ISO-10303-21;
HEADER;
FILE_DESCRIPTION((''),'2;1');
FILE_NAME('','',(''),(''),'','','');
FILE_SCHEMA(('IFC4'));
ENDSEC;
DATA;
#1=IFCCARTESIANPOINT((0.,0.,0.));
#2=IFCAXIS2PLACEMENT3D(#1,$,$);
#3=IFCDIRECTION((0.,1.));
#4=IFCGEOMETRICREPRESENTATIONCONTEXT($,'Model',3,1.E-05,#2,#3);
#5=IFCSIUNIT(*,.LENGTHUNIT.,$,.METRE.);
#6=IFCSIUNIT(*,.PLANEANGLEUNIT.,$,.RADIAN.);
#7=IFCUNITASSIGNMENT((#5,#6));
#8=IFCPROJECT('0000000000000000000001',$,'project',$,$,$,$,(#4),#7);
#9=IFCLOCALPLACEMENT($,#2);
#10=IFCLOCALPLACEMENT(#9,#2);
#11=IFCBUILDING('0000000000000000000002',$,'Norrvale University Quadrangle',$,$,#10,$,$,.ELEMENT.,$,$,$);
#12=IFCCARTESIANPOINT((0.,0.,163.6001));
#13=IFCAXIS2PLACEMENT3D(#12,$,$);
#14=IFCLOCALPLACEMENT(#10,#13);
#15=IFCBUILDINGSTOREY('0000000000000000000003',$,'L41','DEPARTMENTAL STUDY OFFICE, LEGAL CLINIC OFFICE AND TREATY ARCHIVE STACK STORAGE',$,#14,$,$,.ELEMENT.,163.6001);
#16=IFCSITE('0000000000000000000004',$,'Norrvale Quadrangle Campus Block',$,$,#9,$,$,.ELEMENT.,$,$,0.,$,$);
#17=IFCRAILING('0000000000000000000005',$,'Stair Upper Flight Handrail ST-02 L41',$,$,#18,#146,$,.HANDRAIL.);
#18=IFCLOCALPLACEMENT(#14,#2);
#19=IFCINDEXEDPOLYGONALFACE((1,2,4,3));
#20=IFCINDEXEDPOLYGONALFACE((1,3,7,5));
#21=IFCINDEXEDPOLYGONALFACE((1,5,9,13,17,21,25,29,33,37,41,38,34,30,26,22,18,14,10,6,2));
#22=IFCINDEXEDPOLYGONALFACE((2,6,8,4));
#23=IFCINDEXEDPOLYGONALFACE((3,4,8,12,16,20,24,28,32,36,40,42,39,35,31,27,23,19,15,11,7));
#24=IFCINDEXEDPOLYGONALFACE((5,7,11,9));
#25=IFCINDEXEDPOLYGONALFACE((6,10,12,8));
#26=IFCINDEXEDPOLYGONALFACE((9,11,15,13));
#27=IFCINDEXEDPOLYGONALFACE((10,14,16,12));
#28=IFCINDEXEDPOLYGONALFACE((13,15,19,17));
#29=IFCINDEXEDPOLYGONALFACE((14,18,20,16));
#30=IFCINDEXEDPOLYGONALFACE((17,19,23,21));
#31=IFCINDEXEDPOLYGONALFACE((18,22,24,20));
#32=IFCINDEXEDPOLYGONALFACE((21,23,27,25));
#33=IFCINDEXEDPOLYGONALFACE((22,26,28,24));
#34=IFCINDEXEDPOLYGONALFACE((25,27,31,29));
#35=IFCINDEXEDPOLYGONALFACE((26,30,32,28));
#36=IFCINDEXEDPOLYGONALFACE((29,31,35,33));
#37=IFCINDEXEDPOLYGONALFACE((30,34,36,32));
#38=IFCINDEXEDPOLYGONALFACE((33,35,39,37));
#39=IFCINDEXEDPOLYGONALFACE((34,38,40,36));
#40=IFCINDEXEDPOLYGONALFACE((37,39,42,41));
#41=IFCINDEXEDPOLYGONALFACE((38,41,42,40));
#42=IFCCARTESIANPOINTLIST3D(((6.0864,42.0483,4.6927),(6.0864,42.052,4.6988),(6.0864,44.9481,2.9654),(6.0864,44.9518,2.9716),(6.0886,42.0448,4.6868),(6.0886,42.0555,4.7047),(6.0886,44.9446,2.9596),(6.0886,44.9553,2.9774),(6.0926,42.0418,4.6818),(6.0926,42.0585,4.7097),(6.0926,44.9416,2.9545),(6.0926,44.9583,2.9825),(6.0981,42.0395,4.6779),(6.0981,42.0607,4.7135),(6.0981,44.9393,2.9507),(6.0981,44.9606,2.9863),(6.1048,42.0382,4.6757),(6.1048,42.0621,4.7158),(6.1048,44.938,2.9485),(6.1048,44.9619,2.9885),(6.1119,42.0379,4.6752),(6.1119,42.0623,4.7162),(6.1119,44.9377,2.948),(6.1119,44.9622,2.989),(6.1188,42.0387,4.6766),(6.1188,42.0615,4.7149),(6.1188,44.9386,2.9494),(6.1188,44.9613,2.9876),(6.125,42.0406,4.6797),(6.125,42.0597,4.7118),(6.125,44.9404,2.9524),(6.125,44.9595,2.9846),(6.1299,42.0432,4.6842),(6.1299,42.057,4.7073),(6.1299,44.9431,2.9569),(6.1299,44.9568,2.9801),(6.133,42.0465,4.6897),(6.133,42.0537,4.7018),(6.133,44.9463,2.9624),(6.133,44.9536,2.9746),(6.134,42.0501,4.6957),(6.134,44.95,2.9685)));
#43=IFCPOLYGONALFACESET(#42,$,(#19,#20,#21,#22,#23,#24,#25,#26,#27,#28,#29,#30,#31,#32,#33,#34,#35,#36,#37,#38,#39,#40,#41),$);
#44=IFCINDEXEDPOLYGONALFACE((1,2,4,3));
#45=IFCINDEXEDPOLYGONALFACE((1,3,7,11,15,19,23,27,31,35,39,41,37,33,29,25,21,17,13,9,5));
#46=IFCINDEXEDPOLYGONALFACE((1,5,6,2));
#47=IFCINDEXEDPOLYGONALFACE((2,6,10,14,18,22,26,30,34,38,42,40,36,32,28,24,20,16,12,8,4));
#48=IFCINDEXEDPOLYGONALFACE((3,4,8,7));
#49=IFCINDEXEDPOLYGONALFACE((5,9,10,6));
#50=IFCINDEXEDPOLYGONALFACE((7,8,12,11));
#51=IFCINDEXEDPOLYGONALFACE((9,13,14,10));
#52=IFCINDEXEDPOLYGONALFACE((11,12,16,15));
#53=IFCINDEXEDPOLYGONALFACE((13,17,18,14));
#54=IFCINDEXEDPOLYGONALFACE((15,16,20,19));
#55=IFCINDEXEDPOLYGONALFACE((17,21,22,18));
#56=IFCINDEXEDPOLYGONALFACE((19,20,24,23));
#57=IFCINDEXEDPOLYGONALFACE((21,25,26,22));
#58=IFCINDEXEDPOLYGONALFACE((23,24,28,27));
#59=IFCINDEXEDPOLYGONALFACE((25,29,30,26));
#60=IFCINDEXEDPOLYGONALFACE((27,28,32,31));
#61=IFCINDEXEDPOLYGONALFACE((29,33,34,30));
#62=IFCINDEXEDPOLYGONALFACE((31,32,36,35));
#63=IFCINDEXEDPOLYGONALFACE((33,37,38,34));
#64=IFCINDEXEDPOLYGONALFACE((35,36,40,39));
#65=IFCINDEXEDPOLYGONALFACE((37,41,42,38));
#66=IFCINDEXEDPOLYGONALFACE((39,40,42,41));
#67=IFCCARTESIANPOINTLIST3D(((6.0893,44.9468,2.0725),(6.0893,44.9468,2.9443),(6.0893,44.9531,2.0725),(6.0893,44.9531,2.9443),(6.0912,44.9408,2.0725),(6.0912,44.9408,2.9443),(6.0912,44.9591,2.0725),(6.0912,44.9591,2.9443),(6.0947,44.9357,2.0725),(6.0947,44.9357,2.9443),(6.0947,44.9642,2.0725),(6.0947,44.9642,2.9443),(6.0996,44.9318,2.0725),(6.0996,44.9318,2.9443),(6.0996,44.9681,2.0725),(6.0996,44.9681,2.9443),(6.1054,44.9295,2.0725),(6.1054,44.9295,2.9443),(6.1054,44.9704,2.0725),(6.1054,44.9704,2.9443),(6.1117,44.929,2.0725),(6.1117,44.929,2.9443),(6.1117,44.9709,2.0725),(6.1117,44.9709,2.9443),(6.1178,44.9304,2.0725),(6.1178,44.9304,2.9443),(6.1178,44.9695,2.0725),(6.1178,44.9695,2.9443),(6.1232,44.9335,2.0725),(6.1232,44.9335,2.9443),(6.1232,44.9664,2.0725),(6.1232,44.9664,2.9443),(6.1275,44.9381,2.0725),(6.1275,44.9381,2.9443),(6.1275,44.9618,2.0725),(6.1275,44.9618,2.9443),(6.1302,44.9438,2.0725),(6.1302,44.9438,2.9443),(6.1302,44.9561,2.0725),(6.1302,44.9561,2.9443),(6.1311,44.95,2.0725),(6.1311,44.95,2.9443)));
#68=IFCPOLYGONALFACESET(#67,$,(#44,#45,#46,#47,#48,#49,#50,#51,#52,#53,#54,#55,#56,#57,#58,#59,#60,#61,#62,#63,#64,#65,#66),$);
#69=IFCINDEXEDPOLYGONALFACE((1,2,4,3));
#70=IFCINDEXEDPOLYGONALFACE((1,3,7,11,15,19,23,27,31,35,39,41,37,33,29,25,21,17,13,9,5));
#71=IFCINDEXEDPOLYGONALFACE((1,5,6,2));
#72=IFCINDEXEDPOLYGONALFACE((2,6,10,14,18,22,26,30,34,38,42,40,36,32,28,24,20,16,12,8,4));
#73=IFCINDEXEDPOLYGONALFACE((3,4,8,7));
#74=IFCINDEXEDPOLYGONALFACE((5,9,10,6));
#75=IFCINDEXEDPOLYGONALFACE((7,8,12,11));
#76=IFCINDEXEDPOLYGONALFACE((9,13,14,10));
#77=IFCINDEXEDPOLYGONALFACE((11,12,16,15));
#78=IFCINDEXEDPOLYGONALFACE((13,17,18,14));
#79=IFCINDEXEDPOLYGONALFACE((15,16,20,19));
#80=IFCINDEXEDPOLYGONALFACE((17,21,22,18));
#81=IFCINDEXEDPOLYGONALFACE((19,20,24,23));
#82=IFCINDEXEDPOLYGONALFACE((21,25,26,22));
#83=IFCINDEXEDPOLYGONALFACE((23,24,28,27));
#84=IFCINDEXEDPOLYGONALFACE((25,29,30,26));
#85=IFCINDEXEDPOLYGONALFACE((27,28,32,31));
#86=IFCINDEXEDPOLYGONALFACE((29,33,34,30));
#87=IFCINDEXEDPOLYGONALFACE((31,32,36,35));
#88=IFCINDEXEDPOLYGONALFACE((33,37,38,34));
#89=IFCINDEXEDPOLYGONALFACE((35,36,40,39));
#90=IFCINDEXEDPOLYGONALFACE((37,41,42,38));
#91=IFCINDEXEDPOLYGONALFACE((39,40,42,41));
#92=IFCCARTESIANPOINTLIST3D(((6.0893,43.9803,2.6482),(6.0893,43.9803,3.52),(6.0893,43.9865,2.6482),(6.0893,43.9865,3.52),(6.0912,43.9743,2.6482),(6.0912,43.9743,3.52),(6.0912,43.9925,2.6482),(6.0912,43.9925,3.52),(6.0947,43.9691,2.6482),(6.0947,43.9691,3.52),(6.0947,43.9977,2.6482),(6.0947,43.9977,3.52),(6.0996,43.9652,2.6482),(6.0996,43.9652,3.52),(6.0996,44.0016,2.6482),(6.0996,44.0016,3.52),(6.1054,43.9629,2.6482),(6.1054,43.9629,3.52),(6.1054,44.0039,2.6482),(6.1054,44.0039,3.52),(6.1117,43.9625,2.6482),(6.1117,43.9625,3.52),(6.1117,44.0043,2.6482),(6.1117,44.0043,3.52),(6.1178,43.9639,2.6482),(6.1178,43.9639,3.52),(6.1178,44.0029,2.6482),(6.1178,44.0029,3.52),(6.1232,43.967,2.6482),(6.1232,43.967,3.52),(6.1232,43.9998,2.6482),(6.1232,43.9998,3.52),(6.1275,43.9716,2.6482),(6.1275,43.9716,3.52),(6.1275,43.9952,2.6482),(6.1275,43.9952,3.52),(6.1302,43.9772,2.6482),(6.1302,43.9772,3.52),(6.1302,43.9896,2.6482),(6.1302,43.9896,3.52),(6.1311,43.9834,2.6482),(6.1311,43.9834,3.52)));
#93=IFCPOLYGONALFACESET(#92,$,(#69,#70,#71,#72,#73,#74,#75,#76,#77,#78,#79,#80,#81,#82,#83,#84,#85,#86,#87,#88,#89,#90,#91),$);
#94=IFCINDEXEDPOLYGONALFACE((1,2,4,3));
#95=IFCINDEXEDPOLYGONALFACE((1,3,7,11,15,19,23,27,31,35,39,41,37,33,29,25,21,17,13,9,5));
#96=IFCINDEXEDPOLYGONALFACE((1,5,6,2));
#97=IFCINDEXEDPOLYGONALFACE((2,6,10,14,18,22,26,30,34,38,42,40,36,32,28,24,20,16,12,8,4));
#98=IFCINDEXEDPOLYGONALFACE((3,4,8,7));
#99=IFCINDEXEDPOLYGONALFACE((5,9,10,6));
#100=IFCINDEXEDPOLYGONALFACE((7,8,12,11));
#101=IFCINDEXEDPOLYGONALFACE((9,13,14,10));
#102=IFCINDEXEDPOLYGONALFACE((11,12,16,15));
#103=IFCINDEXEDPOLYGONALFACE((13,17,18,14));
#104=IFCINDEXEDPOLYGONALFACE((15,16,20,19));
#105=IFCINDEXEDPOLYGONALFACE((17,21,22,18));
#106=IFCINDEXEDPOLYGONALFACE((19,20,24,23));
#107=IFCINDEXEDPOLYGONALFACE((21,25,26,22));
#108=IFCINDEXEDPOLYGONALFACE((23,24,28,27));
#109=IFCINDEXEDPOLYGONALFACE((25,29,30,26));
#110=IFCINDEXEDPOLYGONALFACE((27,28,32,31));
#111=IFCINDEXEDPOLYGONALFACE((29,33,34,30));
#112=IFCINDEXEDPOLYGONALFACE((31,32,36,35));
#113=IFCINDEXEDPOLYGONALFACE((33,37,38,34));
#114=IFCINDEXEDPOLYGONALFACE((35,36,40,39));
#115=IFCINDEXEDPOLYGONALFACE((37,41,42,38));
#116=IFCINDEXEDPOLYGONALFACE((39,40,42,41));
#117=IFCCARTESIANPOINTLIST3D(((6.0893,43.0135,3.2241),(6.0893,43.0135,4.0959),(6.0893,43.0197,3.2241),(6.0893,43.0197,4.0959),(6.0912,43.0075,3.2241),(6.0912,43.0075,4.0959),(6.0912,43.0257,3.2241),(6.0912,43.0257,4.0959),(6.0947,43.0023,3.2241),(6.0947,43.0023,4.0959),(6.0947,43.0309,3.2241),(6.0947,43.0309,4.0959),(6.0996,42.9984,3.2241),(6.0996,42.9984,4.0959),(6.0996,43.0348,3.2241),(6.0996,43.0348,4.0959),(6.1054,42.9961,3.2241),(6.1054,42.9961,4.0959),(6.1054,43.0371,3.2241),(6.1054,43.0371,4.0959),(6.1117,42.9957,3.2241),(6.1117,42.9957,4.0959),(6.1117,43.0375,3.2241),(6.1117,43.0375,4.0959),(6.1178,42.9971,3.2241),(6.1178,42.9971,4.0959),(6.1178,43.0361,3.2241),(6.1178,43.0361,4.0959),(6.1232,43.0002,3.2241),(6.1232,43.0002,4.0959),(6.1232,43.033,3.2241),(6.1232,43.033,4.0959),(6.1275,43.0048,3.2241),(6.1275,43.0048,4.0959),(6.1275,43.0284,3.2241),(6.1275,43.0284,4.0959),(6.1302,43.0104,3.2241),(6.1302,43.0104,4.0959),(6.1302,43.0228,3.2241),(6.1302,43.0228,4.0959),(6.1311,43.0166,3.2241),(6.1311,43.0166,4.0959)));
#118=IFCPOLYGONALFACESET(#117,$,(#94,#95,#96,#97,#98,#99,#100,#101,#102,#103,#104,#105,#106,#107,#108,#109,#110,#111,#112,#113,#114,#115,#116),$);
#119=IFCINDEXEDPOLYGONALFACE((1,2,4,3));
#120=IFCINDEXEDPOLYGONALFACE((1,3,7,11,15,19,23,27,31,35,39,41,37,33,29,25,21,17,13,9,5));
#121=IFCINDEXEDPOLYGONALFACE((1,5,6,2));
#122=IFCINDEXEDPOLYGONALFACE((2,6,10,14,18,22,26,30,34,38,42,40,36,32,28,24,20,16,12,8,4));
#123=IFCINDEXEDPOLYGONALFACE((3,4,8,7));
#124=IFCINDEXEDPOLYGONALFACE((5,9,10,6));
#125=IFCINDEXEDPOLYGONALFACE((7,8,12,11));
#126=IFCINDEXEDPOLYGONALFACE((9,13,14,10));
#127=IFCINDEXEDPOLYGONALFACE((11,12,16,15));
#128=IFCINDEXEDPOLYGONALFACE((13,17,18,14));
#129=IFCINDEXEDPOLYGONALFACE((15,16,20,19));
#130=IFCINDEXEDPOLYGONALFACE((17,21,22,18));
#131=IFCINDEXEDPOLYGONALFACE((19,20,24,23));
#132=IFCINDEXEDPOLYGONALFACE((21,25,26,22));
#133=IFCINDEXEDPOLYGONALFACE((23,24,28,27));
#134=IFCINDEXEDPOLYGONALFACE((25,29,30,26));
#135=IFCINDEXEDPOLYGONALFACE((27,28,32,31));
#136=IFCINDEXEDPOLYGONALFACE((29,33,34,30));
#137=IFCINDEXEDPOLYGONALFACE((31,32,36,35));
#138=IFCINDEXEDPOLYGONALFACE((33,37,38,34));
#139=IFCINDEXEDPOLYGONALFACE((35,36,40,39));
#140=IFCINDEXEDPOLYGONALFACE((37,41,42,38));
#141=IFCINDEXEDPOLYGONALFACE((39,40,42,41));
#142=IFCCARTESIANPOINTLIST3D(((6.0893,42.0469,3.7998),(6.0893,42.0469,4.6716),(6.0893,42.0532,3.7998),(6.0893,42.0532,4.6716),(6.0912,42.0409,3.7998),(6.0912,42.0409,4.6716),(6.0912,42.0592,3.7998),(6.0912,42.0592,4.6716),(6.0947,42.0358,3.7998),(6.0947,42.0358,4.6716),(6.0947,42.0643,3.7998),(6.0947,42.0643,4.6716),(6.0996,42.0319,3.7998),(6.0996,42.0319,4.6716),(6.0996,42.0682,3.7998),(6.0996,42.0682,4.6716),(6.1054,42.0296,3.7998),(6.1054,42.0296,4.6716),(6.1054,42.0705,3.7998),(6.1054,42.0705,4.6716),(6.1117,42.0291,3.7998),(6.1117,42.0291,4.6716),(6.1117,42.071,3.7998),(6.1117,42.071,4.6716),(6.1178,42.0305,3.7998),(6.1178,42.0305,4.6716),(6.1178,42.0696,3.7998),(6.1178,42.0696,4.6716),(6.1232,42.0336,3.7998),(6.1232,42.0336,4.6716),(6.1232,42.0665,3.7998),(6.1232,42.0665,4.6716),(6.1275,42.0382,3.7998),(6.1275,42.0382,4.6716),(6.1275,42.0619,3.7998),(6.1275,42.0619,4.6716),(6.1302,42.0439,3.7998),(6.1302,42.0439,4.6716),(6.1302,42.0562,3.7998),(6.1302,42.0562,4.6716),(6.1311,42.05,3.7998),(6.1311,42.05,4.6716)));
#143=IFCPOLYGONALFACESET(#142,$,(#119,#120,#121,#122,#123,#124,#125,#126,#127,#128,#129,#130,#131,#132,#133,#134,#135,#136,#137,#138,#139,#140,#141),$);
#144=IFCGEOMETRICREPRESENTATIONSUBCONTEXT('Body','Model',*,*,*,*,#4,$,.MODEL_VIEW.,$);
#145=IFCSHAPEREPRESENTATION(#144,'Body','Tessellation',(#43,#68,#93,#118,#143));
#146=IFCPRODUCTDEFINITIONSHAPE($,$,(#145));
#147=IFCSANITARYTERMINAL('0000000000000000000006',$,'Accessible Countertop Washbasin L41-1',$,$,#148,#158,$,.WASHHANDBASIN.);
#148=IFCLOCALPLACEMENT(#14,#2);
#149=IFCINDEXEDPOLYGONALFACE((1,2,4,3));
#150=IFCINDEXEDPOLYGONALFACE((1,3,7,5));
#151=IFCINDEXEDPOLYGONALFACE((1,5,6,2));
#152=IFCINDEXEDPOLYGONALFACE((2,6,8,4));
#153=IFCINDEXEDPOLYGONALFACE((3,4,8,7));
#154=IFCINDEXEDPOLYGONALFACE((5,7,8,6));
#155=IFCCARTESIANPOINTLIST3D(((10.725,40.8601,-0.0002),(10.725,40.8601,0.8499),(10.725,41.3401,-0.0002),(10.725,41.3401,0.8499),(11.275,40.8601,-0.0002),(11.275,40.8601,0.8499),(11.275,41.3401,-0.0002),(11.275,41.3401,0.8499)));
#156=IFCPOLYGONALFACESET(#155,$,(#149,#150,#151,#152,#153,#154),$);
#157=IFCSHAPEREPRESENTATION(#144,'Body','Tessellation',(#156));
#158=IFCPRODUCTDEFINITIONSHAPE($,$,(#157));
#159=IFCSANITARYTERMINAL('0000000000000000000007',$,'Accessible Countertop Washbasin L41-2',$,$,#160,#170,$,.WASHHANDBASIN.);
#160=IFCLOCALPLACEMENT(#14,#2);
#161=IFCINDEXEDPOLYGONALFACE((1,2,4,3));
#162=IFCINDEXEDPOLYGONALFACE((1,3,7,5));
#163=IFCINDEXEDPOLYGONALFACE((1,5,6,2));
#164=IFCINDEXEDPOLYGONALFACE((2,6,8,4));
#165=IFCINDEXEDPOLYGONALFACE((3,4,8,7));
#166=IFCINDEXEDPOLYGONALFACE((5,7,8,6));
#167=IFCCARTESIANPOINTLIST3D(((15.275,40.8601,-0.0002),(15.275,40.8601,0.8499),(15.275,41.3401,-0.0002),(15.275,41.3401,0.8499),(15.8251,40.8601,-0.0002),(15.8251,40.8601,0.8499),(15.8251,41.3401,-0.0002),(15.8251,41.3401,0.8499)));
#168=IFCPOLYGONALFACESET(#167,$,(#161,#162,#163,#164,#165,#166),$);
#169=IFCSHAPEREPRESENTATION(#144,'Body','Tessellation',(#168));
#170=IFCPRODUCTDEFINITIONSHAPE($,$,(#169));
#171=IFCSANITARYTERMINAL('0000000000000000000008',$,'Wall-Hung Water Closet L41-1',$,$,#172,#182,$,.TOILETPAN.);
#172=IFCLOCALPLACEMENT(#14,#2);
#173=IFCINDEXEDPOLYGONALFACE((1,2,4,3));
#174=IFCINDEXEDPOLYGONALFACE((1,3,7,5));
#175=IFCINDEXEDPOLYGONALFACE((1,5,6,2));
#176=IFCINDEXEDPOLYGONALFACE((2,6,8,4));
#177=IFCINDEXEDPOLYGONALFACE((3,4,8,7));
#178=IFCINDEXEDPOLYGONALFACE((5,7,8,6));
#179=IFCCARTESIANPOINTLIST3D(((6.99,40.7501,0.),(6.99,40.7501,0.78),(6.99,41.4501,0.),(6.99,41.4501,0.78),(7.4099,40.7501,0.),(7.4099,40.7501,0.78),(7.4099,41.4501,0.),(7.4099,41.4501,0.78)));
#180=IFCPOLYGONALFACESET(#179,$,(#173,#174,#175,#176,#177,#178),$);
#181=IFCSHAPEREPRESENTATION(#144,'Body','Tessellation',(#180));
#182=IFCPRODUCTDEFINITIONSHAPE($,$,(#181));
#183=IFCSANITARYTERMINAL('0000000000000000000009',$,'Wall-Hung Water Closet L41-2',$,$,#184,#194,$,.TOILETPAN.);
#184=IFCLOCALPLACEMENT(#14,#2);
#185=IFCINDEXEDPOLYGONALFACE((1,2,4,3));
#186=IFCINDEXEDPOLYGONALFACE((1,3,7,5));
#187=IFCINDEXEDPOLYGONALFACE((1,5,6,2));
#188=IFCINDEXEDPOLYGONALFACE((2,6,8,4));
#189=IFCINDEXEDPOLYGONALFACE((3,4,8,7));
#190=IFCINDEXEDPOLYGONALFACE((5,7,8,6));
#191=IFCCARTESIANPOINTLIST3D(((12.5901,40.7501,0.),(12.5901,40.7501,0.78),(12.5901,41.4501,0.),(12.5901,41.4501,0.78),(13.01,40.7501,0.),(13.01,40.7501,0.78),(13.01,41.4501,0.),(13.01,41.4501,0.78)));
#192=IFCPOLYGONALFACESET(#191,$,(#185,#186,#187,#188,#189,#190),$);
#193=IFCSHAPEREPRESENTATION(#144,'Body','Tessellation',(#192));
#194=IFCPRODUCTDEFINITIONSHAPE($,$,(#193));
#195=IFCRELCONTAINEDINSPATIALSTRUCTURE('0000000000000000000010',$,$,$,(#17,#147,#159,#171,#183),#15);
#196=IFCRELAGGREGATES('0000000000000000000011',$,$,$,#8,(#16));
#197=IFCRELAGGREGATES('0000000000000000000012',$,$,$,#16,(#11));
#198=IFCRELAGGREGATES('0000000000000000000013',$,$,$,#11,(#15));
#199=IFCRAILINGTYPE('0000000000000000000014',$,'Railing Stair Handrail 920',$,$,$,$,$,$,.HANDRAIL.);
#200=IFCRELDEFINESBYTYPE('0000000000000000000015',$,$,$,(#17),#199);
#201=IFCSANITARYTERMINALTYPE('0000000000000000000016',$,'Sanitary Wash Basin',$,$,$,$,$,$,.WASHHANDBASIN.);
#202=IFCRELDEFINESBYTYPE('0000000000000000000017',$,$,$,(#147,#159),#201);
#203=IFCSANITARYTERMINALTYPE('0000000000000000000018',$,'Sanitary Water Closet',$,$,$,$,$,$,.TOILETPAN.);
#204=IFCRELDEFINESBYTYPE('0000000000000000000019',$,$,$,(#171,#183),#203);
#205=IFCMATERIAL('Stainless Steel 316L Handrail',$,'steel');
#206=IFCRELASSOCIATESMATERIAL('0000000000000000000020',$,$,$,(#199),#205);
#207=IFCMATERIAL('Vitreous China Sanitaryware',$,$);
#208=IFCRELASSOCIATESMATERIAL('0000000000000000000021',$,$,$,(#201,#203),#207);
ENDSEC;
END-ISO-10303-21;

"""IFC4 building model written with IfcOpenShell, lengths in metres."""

from ifc_helpers import new_model, si_unit, direction, frame, origin, origin_2d, place, context, subcontext, project, spatial, rectangle, circle, extrude, material, type_object, element, save


model = new_model("IFC4")

# Units and contexts
model_context = context("Model", 3, precision=1e-05, world=origin(), true_north=direction((0.0, 1.0)))
body_context = subcontext(model_context, "Body", "Model", "MODEL_VIEW")
ifc_project = project(units=[si_unit("LENGTHUNIT", "METRE"), si_unit("PLANEANGLEUNIT", "RADIAN")], contexts=[model_context])

# Site, building, storey
site_placement = place(None, origin())
site = spatial("IfcSite", under=ifc_project, at=site_placement, Name="Norrvale Quadrangle Campus Block", CompositionType="ELEMENT", RefElevation=0.0)
building_placement = place(site_placement, origin())
building = spatial("IfcBuilding", under=site, at=building_placement, Name="Norrvale University Quadrangle", CompositionType="ELEMENT")
storey_placement = place(building_placement, frame((0.0, 0.0, 163.6001)))
storey = spatial("IfcBuildingStorey", under=building, at=storey_placement, Name="L41", Description="DEPARTMENTAL STUDY OFFICE, LEGAL CLINIC OFFICE AND TREATY ARCHIVE STACK STORAGE", CompositionType="ELEMENT", Elevation=163.6001)

# Railing
ifc_material_1 = material(Name="Stainless Steel 316L Handrail", Category="steel")
railing_type_1 = type_object("IfcRailingType", Name="Railing Stair Handrail 920", PredefinedType="HANDRAIL", material=ifc_material_1)
railing_1_placement = place(storey_placement, frame((6.1101, 44.95, 2.0725)))
element("IfcRailing", 1, at=railing_1_placement, inside=storey, type_object=railing_type_1, Name="Stair Upper Flight Handrail ST-02 L41", PredefinedType="HANDRAIL", context=body_context, shape_type="SweptSolid", body=[
    extrude(circle(Radius=0.0239, at=origin_2d()), frame((0.0, 0.0, 0.896), z_axis=(0.0, -0.859141, 0.511738), x_axis=(1.0, 0.0, 0.0)), (0.0, 0.0, 1.0), 3.3752),
    extrude(circle(Radius=0.021, at=origin_2d()), origin(), (0.0, 0.0, 1.0), 0.8718),
    extrude(circle(Radius=0.021, at=origin_2d()), frame((0.0, -0.9666, 0.5757)), (0.0, 0.0, 1.0), 0.8718),
    extrude(circle(Radius=0.021, at=origin_2d()), frame((0.0, -1.9333, 1.1516)), (0.0, 0.0, 1.0), 0.8718),
    extrude(circle(Radius=0.021, at=origin_2d()), frame((0.0, -2.8999, 1.7273)), (0.0, 0.0, 1.0), 0.8718),
])

# Sanitary terminals
ifc_material_2 = material(Name="Vitreous China Sanitaryware")
sanitary_terminal_type_1 = type_object("IfcSanitaryTerminalType", Name="Sanitary Wash Basin", PredefinedType="WASHHANDBASIN", material=ifc_material_2)
for number, where, z_axis, x_axis, name in (
    (2, (11.0, 41.1001, -0.0002), (0.0, 0.0, 1.0), (1.0, 0.0, 0.0), "Accessible Countertop Washbasin L41-1"),
    (3, (15.55, 41.1001, -0.0002), (0.0, 0.0, 1.0), (1.0, 0.0, 0.0), "Accessible Countertop Washbasin L41-2"),
):
    element("IfcSanitaryTerminal", number, at=place(storey_placement, frame(where, z_axis=z_axis, x_axis=x_axis)), inside=storey, type_object=sanitary_terminal_type_1, Name=name, PredefinedType="WASHHANDBASIN", context=body_context, shape_type="SweptSolid", body=[
        extrude(rectangle(XDim=0.55, YDim=0.48, at=origin_2d()), origin(), (0.0, 0.0, 1.0), 0.8501),
    ])
sanitary_terminal_type_2 = type_object("IfcSanitaryTerminalType", Name="Sanitary Water Closet", PredefinedType="TOILETPAN", material=ifc_material_2)
for number, where, z_axis, x_axis, name in (
    (4, (7.2, 41.1001, 0.0), (0.0, 0.0, 1.0), (1.0, 0.0, 0.0), "Wall-Hung Water Closet L41-1"),
    (5, (12.8, 41.1001, 0.0), (0.0, 0.0, 1.0), (1.0, 0.0, 0.0), "Wall-Hung Water Closet L41-2"),
):
    element("IfcSanitaryTerminal", number, at=place(storey_placement, frame(where, z_axis=z_axis, x_axis=x_axis)), inside=storey, type_object=sanitary_terminal_type_2, Name=name, PredefinedType="TOILETPAN", context=body_context, shape_type="SweptSolid", body=[
        extrude(rectangle(XDim=0.4199, YDim=0.7, at=origin_2d()), origin(), (0.0, 0.0, 1.0), 0.78),
    ])

save(model, "model.ifc")
